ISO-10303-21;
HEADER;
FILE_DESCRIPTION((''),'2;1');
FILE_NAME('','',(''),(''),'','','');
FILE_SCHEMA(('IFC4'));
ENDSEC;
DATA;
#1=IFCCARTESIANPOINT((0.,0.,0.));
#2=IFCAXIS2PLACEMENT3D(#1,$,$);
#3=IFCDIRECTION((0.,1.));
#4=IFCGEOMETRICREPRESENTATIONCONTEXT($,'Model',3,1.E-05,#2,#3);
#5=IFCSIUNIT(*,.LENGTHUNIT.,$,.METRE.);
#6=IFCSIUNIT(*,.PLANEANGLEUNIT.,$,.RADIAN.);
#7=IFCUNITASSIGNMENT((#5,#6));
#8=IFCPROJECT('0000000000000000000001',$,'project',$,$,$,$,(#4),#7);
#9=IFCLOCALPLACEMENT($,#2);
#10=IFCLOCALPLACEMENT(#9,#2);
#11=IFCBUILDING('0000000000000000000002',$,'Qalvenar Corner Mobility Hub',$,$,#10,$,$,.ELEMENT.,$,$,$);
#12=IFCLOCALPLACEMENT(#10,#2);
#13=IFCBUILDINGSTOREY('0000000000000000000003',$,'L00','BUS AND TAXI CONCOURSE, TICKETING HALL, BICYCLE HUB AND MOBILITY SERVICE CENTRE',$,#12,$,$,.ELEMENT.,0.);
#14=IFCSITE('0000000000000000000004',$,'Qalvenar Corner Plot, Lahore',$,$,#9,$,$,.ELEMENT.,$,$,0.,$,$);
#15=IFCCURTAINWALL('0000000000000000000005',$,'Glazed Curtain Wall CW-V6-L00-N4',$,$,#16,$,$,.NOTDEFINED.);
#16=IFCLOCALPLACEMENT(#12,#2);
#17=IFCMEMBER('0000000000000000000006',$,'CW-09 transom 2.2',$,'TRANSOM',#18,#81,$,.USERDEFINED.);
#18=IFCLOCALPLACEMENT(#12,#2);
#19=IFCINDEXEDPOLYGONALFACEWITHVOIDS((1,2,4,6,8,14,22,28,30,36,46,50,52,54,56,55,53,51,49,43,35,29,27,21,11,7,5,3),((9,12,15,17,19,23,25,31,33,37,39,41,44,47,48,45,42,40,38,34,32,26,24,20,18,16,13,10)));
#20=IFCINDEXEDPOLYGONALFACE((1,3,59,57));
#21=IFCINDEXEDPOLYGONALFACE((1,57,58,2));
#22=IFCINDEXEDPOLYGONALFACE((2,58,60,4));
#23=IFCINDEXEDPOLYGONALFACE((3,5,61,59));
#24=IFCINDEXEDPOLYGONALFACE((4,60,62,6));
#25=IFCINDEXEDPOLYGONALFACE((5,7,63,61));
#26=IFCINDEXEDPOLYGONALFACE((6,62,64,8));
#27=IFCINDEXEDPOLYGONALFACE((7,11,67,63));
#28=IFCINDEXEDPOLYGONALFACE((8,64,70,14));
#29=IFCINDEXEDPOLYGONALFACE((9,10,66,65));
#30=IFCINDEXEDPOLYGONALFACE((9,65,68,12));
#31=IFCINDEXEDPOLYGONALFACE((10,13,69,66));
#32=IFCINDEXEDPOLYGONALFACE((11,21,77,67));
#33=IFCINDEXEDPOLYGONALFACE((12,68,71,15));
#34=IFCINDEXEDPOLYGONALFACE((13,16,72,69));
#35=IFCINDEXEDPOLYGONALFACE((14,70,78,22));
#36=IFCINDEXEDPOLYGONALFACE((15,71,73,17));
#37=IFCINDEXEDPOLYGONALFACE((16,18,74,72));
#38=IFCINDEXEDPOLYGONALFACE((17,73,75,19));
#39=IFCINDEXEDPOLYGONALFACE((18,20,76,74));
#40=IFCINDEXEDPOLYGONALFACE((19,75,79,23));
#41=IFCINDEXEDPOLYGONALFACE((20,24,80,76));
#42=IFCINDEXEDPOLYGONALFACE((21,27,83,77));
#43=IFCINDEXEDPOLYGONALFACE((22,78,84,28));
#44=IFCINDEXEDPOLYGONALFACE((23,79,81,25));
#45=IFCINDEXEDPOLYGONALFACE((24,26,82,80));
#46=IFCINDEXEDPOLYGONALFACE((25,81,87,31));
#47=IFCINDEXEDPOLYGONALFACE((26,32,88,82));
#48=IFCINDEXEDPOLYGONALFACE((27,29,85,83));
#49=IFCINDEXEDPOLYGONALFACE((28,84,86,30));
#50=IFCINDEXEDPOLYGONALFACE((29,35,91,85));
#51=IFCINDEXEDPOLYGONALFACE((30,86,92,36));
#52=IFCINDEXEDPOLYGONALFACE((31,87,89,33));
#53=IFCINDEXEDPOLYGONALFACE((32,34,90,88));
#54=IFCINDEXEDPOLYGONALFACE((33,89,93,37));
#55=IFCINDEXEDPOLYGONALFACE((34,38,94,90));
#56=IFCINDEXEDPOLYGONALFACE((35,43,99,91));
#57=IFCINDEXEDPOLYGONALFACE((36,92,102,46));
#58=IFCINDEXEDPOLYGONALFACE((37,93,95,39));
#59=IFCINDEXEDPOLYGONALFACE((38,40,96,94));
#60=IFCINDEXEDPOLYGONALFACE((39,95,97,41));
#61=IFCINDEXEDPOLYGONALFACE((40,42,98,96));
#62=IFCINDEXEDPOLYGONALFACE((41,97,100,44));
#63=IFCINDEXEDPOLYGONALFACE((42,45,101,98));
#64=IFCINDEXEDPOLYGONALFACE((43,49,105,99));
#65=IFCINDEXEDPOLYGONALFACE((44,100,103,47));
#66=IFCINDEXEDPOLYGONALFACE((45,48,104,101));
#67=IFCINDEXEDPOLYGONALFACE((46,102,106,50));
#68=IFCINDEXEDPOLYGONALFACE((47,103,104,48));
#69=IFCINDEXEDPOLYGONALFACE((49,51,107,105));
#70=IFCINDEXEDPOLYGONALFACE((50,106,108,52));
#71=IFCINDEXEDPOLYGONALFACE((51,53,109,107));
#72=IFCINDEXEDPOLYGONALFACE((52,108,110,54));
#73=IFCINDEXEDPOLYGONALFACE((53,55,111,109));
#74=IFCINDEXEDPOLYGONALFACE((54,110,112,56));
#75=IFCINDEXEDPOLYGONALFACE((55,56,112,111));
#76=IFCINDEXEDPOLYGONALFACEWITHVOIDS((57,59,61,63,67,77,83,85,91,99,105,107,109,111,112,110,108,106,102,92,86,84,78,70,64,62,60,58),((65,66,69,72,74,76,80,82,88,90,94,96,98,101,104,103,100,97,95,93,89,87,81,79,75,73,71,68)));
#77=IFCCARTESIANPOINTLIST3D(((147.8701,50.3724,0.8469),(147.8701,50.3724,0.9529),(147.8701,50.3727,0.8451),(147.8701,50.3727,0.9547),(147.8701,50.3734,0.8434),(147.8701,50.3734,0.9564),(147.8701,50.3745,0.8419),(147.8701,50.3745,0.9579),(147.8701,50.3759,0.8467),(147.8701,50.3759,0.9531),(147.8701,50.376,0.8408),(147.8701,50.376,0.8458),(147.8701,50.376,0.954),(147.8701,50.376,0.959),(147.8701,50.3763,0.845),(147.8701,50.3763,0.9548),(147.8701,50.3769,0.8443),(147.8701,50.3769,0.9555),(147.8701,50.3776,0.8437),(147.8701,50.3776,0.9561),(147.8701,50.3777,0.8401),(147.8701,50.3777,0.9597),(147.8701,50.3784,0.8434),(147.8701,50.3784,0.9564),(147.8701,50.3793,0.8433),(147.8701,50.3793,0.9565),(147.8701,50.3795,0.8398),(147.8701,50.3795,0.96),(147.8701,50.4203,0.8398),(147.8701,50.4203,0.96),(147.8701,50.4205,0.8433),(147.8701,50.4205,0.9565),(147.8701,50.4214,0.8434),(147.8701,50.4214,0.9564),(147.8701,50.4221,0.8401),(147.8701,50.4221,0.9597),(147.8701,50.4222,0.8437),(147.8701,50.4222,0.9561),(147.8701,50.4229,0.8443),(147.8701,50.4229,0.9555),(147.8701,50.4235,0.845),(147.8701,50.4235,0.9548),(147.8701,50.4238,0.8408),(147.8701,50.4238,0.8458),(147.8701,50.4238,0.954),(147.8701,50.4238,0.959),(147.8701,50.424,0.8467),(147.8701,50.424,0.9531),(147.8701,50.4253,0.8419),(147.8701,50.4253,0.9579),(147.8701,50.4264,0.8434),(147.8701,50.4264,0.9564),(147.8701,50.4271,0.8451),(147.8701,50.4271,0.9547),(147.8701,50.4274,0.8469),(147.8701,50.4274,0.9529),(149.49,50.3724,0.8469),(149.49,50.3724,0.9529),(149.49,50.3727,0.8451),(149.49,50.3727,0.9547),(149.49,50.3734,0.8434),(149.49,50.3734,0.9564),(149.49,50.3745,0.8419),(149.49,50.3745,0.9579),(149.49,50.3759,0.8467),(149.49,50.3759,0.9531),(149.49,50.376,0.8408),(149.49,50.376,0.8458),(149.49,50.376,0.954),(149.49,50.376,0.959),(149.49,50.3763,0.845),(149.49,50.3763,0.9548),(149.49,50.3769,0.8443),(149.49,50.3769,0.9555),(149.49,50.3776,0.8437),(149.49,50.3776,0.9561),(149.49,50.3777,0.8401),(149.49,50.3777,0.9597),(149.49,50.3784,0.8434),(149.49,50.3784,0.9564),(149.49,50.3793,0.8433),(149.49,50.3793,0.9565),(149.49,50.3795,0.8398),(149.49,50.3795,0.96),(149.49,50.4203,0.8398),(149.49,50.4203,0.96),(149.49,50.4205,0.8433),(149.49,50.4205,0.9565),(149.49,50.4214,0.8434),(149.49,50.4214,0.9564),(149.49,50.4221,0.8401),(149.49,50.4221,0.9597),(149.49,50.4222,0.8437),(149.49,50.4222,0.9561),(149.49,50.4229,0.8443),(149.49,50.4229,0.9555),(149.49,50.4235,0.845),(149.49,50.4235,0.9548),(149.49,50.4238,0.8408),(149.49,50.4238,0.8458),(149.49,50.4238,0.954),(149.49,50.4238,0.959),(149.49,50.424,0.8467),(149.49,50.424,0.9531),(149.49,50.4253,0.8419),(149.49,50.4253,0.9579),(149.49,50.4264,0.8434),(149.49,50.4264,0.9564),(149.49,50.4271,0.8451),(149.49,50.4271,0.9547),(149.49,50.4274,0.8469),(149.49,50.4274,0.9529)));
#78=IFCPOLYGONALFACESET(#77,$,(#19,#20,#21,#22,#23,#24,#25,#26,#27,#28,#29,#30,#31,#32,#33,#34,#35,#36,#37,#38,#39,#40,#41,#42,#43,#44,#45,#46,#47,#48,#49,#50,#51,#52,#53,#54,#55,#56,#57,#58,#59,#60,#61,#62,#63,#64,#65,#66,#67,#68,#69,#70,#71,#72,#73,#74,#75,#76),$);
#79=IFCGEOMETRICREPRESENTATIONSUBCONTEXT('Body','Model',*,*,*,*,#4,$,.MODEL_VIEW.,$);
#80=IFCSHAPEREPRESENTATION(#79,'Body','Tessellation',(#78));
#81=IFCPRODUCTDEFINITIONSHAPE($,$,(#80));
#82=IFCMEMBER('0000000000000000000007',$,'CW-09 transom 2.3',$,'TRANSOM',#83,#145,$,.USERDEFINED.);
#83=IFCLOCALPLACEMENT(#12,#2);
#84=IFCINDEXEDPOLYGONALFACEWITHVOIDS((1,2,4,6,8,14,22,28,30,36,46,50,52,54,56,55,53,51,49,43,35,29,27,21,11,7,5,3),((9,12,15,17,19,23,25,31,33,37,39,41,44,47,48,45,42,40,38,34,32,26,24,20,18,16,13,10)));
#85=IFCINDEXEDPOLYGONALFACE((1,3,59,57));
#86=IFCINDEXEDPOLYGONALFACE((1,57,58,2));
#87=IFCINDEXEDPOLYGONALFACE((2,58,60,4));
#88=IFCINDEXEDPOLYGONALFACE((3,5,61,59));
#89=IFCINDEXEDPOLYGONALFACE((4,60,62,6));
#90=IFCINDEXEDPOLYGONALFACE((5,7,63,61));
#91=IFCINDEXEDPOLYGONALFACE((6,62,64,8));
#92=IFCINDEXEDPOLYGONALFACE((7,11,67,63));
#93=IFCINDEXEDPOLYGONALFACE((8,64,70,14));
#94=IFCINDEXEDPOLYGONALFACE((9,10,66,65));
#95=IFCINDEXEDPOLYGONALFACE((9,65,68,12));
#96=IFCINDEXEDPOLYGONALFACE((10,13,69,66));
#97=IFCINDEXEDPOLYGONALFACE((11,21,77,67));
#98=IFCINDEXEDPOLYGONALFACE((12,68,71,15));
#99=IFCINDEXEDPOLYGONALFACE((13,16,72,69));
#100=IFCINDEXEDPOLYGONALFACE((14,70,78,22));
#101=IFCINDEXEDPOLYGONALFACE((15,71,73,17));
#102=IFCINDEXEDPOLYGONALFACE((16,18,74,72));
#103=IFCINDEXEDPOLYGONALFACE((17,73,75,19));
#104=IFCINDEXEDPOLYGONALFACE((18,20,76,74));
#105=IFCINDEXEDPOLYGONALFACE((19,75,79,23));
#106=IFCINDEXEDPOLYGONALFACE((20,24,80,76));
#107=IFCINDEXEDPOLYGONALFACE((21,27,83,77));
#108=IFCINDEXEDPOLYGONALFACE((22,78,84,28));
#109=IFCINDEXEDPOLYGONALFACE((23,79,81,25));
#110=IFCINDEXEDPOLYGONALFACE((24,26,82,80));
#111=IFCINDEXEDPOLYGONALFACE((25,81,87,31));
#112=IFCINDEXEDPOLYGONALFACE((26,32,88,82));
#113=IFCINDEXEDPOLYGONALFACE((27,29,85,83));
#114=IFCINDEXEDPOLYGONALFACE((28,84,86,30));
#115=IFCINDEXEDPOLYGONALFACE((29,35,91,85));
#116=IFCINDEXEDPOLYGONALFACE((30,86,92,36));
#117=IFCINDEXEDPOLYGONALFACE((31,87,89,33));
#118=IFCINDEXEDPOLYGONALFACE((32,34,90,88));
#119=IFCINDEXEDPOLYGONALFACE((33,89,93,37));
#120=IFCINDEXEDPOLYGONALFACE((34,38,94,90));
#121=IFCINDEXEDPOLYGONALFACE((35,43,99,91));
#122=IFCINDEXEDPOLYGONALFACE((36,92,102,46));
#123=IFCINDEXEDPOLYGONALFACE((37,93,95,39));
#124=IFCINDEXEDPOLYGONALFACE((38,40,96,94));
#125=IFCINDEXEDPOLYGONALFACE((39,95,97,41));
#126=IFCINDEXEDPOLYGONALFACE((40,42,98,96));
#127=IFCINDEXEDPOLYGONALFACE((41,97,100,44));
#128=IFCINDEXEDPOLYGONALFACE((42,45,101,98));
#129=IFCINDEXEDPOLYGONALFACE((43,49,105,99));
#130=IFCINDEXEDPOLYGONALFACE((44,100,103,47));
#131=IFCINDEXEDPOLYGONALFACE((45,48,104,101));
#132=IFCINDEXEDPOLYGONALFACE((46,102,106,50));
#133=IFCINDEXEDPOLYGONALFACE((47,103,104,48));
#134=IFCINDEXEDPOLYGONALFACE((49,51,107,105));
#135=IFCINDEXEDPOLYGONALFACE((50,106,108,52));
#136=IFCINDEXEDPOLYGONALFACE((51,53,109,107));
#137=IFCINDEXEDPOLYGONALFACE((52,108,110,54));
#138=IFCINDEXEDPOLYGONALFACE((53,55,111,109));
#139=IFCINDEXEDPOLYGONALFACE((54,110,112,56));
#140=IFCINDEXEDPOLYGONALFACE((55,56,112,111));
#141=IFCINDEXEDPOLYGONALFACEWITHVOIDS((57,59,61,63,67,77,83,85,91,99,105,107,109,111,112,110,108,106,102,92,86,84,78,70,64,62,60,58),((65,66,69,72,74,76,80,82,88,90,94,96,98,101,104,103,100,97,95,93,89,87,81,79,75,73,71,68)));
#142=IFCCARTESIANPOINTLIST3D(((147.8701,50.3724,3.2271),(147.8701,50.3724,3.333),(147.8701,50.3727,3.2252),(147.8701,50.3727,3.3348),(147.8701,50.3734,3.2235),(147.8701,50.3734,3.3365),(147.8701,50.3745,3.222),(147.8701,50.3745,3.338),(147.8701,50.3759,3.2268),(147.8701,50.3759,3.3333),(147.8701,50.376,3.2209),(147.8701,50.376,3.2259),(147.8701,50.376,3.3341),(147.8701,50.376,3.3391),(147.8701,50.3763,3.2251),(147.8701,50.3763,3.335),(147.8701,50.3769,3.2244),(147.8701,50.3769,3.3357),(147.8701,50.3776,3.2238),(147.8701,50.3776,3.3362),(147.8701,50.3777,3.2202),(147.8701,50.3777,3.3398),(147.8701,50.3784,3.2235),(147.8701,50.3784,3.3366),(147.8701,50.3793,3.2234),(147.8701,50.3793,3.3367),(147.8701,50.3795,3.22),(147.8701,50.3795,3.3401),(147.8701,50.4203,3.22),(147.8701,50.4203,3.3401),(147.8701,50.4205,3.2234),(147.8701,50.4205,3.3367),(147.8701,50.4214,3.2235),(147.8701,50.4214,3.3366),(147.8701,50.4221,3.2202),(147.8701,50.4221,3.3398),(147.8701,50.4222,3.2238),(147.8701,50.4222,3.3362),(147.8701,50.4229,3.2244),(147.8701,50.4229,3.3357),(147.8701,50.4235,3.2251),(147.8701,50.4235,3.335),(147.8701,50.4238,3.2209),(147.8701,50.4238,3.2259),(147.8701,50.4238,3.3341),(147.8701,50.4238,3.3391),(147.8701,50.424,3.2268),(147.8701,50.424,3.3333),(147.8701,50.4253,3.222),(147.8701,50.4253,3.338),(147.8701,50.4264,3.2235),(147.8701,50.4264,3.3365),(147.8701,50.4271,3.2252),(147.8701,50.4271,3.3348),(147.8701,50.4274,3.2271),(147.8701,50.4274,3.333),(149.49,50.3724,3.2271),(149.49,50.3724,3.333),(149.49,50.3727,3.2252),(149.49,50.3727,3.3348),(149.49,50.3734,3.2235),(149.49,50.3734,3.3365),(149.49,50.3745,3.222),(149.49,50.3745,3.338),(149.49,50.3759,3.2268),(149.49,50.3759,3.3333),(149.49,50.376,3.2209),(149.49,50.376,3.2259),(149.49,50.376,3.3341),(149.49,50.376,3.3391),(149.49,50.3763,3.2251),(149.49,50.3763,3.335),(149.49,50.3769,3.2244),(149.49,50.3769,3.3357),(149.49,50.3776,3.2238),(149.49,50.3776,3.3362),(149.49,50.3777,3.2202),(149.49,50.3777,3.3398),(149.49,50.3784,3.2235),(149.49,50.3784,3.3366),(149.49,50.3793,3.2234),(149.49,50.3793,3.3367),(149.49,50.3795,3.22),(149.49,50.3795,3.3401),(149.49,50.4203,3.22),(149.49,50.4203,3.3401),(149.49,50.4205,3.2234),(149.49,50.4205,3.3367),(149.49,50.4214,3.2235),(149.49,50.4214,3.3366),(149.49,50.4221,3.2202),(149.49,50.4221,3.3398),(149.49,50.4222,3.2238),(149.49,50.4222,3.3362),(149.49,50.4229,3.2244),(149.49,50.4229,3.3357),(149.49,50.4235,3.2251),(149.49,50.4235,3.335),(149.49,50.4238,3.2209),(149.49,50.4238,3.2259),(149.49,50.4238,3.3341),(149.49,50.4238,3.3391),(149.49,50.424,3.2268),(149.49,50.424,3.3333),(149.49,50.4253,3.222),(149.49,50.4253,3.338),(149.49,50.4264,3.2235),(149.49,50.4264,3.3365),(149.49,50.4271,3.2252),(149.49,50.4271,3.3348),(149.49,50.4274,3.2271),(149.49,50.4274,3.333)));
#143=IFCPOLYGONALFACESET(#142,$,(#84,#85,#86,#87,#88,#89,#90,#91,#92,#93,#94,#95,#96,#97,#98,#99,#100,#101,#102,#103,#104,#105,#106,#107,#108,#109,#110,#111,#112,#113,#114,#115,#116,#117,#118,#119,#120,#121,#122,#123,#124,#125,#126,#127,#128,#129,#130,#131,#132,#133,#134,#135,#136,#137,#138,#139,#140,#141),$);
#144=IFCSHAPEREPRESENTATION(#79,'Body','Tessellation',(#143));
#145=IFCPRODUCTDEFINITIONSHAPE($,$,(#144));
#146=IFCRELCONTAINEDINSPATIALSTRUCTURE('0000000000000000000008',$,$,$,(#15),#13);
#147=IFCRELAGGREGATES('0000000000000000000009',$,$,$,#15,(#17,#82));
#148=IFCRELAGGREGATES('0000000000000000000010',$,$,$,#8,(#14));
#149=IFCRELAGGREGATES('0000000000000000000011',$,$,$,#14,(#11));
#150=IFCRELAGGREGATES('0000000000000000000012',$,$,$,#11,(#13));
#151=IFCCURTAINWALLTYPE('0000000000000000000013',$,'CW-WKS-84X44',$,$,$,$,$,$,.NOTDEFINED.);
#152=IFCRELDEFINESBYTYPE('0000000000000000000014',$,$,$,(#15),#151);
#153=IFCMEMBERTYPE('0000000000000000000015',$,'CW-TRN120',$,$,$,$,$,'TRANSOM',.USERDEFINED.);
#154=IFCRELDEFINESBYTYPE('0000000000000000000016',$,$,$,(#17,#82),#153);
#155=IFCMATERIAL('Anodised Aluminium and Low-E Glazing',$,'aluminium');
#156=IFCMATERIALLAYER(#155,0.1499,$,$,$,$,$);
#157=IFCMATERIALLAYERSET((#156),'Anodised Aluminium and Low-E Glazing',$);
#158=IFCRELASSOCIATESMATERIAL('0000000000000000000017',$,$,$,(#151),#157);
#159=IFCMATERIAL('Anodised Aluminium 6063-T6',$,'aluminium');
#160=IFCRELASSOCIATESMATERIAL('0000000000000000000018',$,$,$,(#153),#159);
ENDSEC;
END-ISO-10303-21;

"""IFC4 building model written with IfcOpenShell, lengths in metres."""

from ifc_helpers import new_model, si_unit, direction, frame, origin, origin_2d, place, context, subcontext, project, spatial, hollow_rectangle, extrude, material, layer, layer_set, material_profile, profile_set, type_object, element, aggregate, save


model = new_model("IFC4")

# Units and contexts
model_context = context("Model", 3, precision=1e-05, world=origin(), true_north=direction((0.0, 1.0)))
body_context = subcontext(model_context, "Body", "Model", "MODEL_VIEW")
ifc_project = project(units=[si_unit("LENGTHUNIT", "METRE"), si_unit("PLANEANGLEUNIT", "RADIAN")], contexts=[model_context])

# Site, building, storey
site_placement = place(None, origin())
site = spatial("IfcSite", under=ifc_project, at=site_placement, Name="Qalvenar Corner Plot, Lahore", CompositionType="ELEMENT", RefElevation=0.0)
building_placement = place(site_placement, origin())
building = spatial("IfcBuilding", under=site, at=building_placement, Name="Qalvenar Corner Mobility Hub", CompositionType="ELEMENT")
storey_placement = place(building_placement, origin())
storey = spatial("IfcBuildingStorey", under=building, at=storey_placement, Name="L00", Description="BUS AND TAXI CONCOURSE, TICKETING HALL, BICYCLE HUB AND MOBILITY SERVICE CENTRE", CompositionType="ELEMENT", Elevation=0.0)

# Curtain wall, members
ifc_material_1 = material(Name="Anodised Aluminium and Low-E Glazing", Category="aluminium")
ifc_layer_1 = layer(ifc_material_1, 0.1499)
ifc_layer_set_1 = layer_set([ifc_layer_1], Name="Anodised Aluminium and Low-E Glazing")
curtain_wall_type = type_object("IfcCurtainWallType", Name="CW-WKS-84X44", PredefinedType="NOTDEFINED", material=ifc_layer_set_1)
curtain_wall_placement = place(storey_placement, origin())
curtain_wall = element("IfcCurtainWall", 1, at=curtain_wall_placement, inside=storey, type_object=curtain_wall_type, Name="Glazed Curtain Wall CW-V6-L00-N4", PredefinedType="NOTDEFINED")
ifc_material_2 = material(Name="Anodised Aluminium 6063-T6", Category="aluminium")
ifc_material_profile_1 = material_profile(ifc_material_2, hollow_rectangle(XDim=0.0549, YDim=0.1201, WallThickness=0.0034, InnerFilletRadius=0.0034, OuterFilletRadius=0.0071, at=origin_2d()), Name="RHS120x55x3.5")
ifc_profile_set_1 = profile_set([ifc_material_profile_1], Name="Anodised Aluminium 6063-T6")
member_type_1 = type_object("IfcMemberType", Name="CW-TRN120", ElementType="TRANSOM", PredefinedType="USERDEFINED", material=ifc_profile_set_1)
member_1_placement = place(storey_placement, frame((149.49, 50.3999, 0.8999), z_axis=(-1.0, 0.0, 0.0), x_axis=(0.0, -1.0, 0.0)))
member_1 = element("IfcMember", 2, at=member_1_placement, type_object=member_type_1, Name="CW-09 transom 2.2", ObjectType="TRANSOM", PredefinedType="USERDEFINED", context=body_context, shape_type="SweptSolid", body=[
    extrude(hollow_rectangle(XDim=0.0549, YDim=0.1201, WallThickness=0.0034, InnerFilletRadius=0.0034, OuterFilletRadius=0.0071, at=origin_2d()), origin(), (0.0, 0.0, 1.0), 1.6199),
])
member_2_placement = place(storey_placement, frame((149.49, 50.3999, 3.28), z_axis=(-1.0, 0.0, 0.0), x_axis=(0.0, -1.0, 0.0)))
member_2 = element("IfcMember", 3, at=member_2_placement, type_object=member_type_1, Name="CW-09 transom 2.3", ObjectType="TRANSOM", PredefinedType="USERDEFINED", context=body_context, shape_type="SweptSolid", body=[
    extrude(hollow_rectangle(XDim=0.0549, YDim=0.1201, WallThickness=0.0034, InnerFilletRadius=0.0034, OuterFilletRadius=0.0071, at=origin_2d()), origin(), (0.0, 0.0, 1.0), 1.6199),
])
aggregate(curtain_wall, [member_1, member_2])

save(model, "model.ifc")
